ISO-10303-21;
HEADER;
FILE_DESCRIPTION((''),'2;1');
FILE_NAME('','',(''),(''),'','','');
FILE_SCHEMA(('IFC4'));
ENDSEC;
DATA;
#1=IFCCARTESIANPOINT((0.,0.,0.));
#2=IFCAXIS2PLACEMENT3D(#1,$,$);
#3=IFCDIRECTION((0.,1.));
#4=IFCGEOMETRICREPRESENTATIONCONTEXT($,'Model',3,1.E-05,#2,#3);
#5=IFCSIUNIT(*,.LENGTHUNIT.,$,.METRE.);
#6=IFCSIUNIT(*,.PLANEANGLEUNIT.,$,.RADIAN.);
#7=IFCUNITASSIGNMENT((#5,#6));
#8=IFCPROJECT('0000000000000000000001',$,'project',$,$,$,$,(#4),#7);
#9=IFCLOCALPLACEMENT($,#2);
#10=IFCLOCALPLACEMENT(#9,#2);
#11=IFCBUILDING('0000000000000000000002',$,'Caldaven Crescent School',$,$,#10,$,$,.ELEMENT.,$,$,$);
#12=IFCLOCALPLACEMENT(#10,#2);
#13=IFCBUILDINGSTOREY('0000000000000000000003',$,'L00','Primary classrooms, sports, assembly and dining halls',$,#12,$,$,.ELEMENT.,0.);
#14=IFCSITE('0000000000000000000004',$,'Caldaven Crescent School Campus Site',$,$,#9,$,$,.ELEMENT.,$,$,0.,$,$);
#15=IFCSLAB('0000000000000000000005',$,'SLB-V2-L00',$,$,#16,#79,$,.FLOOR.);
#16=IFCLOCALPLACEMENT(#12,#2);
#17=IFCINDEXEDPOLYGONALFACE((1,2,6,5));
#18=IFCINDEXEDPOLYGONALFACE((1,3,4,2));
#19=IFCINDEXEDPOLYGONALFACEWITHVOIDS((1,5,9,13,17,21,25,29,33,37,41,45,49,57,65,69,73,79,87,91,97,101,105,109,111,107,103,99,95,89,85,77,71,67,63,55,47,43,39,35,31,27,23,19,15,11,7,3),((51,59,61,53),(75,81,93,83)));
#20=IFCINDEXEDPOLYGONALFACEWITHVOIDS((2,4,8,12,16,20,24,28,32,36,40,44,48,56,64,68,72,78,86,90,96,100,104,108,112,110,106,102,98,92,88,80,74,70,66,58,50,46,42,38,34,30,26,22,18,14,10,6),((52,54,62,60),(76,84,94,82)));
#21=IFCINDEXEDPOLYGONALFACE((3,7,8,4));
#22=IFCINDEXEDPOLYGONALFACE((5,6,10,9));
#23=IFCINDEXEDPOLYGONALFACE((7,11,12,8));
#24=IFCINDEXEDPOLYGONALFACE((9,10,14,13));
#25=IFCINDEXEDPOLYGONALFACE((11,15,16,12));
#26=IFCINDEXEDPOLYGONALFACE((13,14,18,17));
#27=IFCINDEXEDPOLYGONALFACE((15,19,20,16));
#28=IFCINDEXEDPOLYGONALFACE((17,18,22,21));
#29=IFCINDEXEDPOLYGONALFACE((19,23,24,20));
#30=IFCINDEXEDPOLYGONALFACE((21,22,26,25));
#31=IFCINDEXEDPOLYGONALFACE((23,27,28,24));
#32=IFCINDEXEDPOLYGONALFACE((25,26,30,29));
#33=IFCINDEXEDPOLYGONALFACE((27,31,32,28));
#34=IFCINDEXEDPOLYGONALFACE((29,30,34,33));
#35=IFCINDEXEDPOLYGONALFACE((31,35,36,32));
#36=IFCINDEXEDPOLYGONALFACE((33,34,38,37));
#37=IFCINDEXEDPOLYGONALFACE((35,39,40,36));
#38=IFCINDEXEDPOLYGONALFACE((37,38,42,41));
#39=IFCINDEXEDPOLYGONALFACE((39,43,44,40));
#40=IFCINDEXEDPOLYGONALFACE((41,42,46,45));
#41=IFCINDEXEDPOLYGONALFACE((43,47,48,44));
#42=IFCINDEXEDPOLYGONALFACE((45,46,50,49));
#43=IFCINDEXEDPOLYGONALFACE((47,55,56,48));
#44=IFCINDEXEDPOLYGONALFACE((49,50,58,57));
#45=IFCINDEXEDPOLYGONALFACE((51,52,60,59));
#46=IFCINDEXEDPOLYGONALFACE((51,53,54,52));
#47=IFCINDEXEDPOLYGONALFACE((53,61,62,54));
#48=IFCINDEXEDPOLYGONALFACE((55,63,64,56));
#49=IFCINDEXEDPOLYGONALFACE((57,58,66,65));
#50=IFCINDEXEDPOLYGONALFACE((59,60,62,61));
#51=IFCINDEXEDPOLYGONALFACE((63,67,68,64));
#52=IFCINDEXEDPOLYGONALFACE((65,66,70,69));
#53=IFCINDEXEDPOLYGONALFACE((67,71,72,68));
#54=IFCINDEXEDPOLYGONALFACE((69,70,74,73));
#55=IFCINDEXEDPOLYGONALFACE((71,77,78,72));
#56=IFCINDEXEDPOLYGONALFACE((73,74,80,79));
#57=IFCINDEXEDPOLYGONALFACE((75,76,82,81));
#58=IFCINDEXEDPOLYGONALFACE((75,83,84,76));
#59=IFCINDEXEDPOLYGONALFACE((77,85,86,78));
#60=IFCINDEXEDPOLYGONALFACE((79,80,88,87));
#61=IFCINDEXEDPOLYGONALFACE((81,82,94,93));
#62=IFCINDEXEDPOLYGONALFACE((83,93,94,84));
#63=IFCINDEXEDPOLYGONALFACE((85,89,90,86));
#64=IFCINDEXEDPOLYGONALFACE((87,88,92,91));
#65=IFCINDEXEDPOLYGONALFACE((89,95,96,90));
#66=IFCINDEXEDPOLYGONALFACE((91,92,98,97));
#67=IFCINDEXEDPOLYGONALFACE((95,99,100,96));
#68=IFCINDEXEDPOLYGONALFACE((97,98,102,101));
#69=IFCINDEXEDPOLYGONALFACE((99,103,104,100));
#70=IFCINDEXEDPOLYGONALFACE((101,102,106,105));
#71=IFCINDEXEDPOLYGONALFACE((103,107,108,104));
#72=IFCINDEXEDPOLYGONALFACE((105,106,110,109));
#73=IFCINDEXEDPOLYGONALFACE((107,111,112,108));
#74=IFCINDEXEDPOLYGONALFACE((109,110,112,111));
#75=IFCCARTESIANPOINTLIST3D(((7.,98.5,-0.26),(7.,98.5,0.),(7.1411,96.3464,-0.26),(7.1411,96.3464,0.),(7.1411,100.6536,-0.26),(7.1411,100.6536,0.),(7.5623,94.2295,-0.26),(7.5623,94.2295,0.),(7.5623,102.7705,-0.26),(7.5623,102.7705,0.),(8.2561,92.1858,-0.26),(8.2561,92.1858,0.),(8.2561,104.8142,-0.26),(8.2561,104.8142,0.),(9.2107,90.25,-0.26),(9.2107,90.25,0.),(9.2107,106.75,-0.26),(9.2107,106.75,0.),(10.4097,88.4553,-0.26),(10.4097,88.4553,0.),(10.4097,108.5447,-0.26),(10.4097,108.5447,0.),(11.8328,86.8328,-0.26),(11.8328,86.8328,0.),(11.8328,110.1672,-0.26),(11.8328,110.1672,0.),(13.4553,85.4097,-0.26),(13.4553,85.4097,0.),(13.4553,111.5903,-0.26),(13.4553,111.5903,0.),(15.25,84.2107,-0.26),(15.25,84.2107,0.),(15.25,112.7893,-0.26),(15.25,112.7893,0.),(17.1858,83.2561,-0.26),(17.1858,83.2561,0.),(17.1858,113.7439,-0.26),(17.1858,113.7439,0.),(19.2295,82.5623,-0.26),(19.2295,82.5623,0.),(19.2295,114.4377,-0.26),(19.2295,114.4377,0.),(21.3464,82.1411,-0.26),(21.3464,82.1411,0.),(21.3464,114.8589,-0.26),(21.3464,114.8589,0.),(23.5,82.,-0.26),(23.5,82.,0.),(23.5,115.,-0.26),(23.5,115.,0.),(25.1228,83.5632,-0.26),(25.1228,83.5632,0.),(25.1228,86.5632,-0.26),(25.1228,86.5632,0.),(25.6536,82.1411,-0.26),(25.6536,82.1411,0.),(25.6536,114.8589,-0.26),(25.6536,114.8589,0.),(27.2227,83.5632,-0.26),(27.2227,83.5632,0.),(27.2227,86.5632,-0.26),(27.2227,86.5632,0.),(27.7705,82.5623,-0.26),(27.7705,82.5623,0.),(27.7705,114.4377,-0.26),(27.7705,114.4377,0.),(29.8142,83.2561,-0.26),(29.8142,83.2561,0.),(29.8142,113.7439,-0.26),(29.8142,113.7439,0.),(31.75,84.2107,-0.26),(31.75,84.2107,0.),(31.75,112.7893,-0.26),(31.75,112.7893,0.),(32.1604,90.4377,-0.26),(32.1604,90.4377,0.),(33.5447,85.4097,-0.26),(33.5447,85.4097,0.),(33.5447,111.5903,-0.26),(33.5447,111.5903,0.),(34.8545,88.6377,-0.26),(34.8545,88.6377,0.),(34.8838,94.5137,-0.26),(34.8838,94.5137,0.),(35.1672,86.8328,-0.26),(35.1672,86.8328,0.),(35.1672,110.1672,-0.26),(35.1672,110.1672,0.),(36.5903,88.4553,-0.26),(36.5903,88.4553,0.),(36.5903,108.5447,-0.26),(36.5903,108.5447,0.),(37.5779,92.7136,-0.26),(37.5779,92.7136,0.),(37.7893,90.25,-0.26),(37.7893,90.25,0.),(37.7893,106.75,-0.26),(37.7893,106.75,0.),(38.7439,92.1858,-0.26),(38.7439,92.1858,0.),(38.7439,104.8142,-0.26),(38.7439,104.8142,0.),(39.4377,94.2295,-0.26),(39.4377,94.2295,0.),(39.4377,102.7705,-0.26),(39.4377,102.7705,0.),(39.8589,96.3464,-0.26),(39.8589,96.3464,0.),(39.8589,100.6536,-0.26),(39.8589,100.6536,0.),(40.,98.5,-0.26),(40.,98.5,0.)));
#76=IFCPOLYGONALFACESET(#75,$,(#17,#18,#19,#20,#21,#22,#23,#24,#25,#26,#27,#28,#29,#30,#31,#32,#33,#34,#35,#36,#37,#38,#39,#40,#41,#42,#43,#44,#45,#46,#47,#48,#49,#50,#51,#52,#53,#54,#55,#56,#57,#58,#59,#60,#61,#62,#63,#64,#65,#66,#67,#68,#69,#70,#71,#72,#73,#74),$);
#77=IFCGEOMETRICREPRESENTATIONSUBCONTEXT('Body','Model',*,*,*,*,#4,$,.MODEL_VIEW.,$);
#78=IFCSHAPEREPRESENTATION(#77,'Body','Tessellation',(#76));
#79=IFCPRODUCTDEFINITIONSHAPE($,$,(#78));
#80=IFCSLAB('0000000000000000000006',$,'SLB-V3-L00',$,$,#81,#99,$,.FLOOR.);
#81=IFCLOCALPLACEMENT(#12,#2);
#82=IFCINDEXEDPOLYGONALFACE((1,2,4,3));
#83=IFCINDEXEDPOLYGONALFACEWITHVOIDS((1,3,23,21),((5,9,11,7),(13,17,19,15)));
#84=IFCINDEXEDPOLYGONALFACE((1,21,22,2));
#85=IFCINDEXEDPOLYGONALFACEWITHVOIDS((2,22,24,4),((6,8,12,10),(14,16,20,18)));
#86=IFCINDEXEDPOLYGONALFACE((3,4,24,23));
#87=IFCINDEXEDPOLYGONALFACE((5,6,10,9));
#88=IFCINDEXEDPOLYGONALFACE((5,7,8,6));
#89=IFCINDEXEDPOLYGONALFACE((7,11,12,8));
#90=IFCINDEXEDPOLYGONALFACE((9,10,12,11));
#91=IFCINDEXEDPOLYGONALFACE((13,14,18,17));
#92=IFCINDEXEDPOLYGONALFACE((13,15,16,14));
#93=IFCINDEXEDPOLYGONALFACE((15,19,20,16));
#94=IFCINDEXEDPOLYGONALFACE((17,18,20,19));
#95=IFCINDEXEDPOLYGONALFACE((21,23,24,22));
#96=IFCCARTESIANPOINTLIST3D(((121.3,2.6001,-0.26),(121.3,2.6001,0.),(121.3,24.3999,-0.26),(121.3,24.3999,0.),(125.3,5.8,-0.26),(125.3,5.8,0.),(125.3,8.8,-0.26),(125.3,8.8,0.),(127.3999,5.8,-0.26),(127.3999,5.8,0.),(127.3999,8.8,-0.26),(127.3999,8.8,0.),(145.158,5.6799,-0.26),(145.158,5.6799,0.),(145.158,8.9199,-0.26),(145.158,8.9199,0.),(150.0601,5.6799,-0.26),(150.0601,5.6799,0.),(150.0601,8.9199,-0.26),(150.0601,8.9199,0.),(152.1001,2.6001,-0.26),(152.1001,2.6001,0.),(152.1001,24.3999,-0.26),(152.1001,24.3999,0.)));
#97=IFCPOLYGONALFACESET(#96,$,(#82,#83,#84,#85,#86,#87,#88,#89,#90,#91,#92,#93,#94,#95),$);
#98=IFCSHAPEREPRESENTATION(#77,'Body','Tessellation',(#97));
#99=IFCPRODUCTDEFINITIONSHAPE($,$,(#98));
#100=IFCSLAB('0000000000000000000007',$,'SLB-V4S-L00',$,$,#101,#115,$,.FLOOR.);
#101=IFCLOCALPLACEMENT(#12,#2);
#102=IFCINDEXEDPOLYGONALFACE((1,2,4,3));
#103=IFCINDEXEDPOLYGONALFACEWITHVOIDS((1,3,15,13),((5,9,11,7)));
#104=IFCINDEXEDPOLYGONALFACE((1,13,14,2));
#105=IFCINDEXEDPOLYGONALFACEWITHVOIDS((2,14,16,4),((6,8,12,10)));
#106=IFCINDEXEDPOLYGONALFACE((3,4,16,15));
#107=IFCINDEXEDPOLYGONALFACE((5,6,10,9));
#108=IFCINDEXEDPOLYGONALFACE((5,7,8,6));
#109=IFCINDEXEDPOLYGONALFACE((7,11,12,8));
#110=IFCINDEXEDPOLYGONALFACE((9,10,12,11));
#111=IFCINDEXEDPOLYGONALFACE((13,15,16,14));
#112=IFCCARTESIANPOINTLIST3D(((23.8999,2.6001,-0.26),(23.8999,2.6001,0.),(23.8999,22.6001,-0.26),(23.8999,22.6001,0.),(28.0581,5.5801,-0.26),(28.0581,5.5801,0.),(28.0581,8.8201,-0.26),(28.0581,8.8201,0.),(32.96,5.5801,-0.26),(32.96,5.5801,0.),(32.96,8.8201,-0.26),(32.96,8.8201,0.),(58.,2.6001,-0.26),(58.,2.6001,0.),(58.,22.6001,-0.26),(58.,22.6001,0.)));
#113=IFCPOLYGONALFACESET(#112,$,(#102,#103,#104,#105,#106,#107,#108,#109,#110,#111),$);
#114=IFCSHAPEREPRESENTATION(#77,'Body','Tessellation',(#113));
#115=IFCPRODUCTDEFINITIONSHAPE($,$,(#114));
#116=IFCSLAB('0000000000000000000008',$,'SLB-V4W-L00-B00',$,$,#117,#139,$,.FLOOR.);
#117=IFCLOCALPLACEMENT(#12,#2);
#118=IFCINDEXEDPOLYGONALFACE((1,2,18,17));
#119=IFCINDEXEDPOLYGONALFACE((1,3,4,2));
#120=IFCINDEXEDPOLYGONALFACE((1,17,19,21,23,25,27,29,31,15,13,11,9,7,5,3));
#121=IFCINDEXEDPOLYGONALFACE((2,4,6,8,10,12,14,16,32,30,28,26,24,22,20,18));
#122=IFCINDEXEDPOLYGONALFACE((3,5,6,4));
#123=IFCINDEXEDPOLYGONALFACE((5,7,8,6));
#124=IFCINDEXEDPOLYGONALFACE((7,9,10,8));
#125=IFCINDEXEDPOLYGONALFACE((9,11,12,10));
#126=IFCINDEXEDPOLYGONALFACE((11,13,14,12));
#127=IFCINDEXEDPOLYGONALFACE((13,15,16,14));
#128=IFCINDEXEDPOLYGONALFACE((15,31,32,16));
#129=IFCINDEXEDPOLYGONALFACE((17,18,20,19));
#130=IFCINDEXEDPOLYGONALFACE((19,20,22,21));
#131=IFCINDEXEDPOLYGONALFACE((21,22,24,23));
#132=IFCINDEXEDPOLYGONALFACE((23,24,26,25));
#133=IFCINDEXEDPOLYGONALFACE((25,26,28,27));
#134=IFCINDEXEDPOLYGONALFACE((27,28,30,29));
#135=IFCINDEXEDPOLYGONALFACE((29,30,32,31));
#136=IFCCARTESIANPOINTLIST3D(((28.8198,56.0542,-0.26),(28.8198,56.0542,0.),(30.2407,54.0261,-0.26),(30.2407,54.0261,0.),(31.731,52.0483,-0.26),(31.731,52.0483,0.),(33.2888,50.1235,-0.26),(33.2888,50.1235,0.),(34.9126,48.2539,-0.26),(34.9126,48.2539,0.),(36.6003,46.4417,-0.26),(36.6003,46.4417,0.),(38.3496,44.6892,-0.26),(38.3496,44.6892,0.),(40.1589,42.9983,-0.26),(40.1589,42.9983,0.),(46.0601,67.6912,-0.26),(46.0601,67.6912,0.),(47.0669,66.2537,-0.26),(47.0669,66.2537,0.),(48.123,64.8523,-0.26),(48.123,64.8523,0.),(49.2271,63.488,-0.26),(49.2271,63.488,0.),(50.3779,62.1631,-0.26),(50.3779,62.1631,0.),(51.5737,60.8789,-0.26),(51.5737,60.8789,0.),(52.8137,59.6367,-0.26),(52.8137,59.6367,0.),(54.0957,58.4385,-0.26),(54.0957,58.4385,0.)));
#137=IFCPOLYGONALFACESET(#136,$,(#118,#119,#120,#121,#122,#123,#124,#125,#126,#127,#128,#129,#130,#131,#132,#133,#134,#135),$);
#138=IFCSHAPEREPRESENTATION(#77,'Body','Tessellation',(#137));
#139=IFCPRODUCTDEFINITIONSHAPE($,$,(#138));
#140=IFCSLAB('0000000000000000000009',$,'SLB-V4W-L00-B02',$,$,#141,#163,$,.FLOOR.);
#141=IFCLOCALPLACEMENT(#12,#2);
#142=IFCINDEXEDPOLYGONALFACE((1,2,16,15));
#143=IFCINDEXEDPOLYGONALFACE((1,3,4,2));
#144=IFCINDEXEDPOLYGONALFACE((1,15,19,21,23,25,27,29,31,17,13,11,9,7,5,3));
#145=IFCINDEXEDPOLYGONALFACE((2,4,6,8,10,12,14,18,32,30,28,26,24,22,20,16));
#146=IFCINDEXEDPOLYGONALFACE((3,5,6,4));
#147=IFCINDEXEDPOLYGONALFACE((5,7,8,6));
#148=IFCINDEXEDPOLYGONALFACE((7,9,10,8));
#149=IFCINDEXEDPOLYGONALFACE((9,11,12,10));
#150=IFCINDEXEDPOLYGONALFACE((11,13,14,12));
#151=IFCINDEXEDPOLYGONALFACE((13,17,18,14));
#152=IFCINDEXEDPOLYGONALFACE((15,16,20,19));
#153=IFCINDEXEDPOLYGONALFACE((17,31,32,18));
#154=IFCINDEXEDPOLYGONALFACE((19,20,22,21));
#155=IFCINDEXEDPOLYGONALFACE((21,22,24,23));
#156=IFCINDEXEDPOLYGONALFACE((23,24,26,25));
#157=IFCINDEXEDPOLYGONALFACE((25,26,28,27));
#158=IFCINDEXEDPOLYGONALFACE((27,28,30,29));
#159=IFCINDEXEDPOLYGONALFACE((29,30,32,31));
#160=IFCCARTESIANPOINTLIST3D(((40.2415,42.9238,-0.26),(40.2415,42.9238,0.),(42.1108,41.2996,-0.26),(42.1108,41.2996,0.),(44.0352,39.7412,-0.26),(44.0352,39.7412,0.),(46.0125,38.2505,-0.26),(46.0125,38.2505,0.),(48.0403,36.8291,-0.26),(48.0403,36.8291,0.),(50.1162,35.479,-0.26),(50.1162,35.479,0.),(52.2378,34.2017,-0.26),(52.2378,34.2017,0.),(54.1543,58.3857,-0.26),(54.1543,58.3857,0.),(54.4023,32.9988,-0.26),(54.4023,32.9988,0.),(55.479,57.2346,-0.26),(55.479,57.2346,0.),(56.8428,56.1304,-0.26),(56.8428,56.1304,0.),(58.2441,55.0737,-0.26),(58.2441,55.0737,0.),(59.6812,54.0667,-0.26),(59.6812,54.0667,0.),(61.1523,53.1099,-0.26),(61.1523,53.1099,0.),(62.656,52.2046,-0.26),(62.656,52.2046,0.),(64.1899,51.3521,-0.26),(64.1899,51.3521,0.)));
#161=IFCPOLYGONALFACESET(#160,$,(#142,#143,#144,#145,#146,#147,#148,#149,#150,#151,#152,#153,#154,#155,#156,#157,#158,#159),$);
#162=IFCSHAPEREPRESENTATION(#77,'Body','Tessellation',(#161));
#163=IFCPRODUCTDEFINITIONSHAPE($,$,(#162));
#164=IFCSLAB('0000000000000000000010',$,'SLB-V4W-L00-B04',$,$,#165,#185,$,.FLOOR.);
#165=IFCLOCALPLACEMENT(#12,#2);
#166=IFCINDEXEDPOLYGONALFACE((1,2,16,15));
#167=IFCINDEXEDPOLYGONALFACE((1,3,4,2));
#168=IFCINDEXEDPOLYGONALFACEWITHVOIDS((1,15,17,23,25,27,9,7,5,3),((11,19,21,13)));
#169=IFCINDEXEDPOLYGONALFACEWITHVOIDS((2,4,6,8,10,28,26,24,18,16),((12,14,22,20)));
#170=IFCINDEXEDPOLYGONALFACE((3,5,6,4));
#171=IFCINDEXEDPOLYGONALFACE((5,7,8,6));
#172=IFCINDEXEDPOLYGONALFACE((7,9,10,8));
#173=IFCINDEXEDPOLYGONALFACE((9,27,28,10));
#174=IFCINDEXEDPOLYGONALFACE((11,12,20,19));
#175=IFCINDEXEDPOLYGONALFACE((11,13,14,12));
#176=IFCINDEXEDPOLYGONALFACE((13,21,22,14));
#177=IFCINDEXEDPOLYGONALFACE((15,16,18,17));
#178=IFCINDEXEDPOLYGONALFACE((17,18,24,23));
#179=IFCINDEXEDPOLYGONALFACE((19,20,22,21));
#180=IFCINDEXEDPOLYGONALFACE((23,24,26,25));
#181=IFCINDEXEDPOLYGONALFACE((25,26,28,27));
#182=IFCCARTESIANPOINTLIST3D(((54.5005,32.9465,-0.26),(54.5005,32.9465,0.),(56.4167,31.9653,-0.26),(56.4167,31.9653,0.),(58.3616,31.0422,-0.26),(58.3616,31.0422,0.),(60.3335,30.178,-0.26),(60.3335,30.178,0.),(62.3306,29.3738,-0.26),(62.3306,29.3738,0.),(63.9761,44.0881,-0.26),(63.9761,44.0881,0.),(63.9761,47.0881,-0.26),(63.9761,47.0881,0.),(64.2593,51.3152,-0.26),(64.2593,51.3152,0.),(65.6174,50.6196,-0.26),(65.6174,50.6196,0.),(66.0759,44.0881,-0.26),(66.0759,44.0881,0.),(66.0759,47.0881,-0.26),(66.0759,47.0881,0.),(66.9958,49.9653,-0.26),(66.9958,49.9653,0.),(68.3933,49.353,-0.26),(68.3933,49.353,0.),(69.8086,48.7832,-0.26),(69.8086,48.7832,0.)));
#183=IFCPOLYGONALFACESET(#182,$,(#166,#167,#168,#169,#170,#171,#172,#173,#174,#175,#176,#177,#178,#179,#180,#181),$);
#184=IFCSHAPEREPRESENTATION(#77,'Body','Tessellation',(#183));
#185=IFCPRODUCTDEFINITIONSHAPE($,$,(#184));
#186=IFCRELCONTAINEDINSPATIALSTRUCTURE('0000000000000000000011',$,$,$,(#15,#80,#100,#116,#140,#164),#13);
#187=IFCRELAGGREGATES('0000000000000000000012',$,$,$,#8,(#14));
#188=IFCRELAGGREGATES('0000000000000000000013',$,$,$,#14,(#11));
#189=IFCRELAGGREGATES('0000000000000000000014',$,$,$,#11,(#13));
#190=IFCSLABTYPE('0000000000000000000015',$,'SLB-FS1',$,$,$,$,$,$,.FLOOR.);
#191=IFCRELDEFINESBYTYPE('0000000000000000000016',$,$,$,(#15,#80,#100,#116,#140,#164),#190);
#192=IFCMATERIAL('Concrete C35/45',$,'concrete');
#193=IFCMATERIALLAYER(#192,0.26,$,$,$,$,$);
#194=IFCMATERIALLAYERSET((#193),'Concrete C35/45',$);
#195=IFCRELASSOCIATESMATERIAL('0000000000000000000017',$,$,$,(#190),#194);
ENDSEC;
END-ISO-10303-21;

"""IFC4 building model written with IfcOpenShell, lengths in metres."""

from ifc_helpers import new_model, si_unit, direction, frame, origin, place, context, subcontext, project, spatial, polyline, outline, extrude, material, layer, layer_set, type_object, element, save


model = new_model("IFC4")

# Units and contexts
model_context = context("Model", 3, precision=1e-05, world=origin(), true_north=direction((0.0, 1.0)))
body_context = subcontext(model_context, "Body", "Model", "MODEL_VIEW")
ifc_project = project(units=[si_unit("LENGTHUNIT", "METRE"), si_unit("PLANEANGLEUNIT", "RADIAN")], contexts=[model_context])

# Site, building, storey
site_placement = place(None, origin())
site = spatial("IfcSite", under=ifc_project, at=site_placement, Name="Caldaven Crescent School Campus Site", CompositionType="ELEMENT", RefElevation=0.0)
building_placement = place(site_placement, origin())
building = spatial("IfcBuilding", under=site, at=building_placement, Name="Caldaven Crescent School", CompositionType="ELEMENT")
storey_placement = place(building_placement, origin())
storey = spatial("IfcBuildingStorey", under=building, at=storey_placement, Name="L00", Description="Primary classrooms, sports, assembly and dining halls", CompositionType="ELEMENT", Elevation=0.0)

# Slabs
ifc_material_1 = material(Name="Concrete C35/45", Category="concrete")
ifc_layer_1 = layer(ifc_material_1, 0.26)
ifc_layer_set_1 = layer_set([ifc_layer_1], Name="Concrete C35/45")
slab_type_1 = type_object("IfcSlabType", Name="SLB-FS1", PredefinedType="FLOOR", material=ifc_layer_set_1)
slab_1_placement = place(storey_placement, frame((0.0, 0.0, -0.26)))
element("IfcSlab", 1, at=slab_1_placement, inside=storey, type_object=slab_type_1, Name="SLB-V2-L00", PredefinedType="FLOOR", context=body_context, shape_type="SweptSolid", body=[
    extrude(outline(polyline([(40.0, 98.5), (39.8589, 100.6536), (39.4377, 102.7705), (38.7439, 104.8142), (37.7893, 106.75), (36.5903, 108.5447), (35.1672, 110.1672), (33.5447, 111.5903), (31.75, 112.7893), (29.8142, 113.7439), (27.7705, 114.4377), (25.6536, 114.8589), (23.5, 115.0), (21.3464, 114.8589), (19.2295, 114.4377), (17.1858, 113.7439), (15.25, 112.7893), (13.4553, 111.5903), (11.8328, 110.1672), (10.4097, 108.5447), (9.2107, 106.75), (8.2561, 104.8142), (7.5623, 102.7705), (7.1411, 100.6536), (7.0, 98.5), (7.1411, 96.3464), (7.5623, 94.2295), (8.2561, 92.1858), (9.2107, 90.25), (10.4097, 88.4553), (11.8328, 86.8328), (13.4553, 85.4097), (15.25, 84.2107), (17.1858, 83.2561), (19.2295, 82.5623), (21.3464, 82.1411), (23.5, 82.0), (25.6536, 82.1411), (27.7705, 82.5623), (29.8142, 83.2561), (31.75, 84.2107), (33.5447, 85.4097), (35.1672, 86.8328), (36.5903, 88.4553), (37.7893, 90.25), (38.7439, 92.1858), (39.4377, 94.2295), (39.8589, 96.3464), (40.0, 98.5)]), holes=[polyline([(25.1228, 83.5632), (25.1228, 86.5632), (27.2227, 86.5632), (27.2227, 83.5632), (25.1228, 83.5632)]), polyline([(34.8545, 88.6377), (32.1604, 90.4377), (34.8838, 94.5137), (37.5779, 92.7136), (34.8545, 88.6377)])]), origin(), (0.0, 0.0, 1.0), 0.26),
])
slab_2_placement = place(storey_placement, frame((0.0, 0.0, -0.26)))
element("IfcSlab", 2, at=slab_2_placement, inside=storey, type_object=slab_type_1, Name="SLB-V3-L00", PredefinedType="FLOOR", context=body_context, shape_type="SweptSolid", body=[
    extrude(outline(polyline([(121.3, 2.6001), (152.1001, 2.6001), (152.1001, 24.3999), (121.3, 24.3999), (121.3, 2.6001)]), holes=[polyline([(125.3, 5.8), (125.3, 8.8), (127.3999, 8.8), (127.3999, 5.8), (125.3, 5.8)]), polyline([(145.158, 5.6799), (145.158, 8.9199), (150.0601, 8.9199), (150.0601, 5.6799), (145.158, 5.6799)])]), origin(), (0.0, 0.0, 1.0), 0.26),
])
slab_3_placement = place(storey_placement, frame((0.0, 0.0, -0.26)))
element("IfcSlab", 3, at=slab_3_placement, inside=storey, type_object=slab_type_1, Name="SLB-V4S-L00", PredefinedType="FLOOR", context=body_context, shape_type="SweptSolid", body=[
    extrude(outline(polyline([(23.8999, 2.6001), (58.0, 2.6001), (58.0, 22.6001), (23.8999, 22.6001), (23.8999, 2.6001)]), holes=[polyline([(28.0581, 5.5801), (28.0581, 8.8201), (32.96, 8.8201), (32.96, 5.5801), (28.0581, 5.5801)])]), origin(), (0.0, 0.0, 1.0), 0.26),
])
slab_4_placement = place(storey_placement, frame((0.0, 0.0, -0.26)))
element("IfcSlab", 4, at=slab_4_placement, inside=storey, type_object=slab_type_1, Name="SLB-V4W-L00-B00", PredefinedType="FLOOR", context=body_context, shape_type="SweptSolid", body=[
    extrude(outline(polyline([(28.8198, 56.0542), (30.2407, 54.0261), (31.731, 52.0483), (33.2888, 50.1235), (34.9126, 48.2539), (36.6003, 46.4417), (38.3496, 44.6892), (40.1589, 42.9983), (54.0957, 58.4385), (52.8137, 59.6367), (51.5737, 60.8789), (50.3779, 62.1631), (49.2271, 63.488), (48.123, 64.8523), (47.0669, 66.2537), (46.0601, 67.6912), (28.8198, 56.0542)])), origin(), (0.0, 0.0, 1.0), 0.26),
])
slab_5_placement = place(storey_placement, frame((0.0, 0.0, -0.26)))
element("IfcSlab", 5, at=slab_5_placement, inside=storey, type_object=slab_type_1, Name="SLB-V4W-L00-B02", PredefinedType="FLOOR", context=body_context, shape_type="SweptSolid", body=[
    extrude(outline(polyline([(40.2415, 42.9238), (42.1108, 41.2996), (44.0352, 39.7412), (46.0125, 38.2505), (48.0403, 36.8291), (50.1162, 35.479), (52.2378, 34.2017), (54.4023, 32.9988), (64.1899, 51.3521), (62.656, 52.2046), (61.1523, 53.1099), (59.6812, 54.0667), (58.2441, 55.0737), (56.8428, 56.1304), (55.479, 57.2346), (54.1543, 58.3857), (40.2415, 42.9238)])), origin(), (0.0, 0.0, 1.0), 0.26),
])
slab_6_placement = place(storey_placement, frame((0.0, 0.0, -0.26)))
element("IfcSlab", 6, at=slab_6_placement, inside=storey, type_object=slab_type_1, Name="SLB-V4W-L00-B04", PredefinedType="FLOOR", context=body_context, shape_type="SweptSolid", body=[
    extrude(outline(polyline([(54.5005, 32.9465), (56.4167, 31.9653), (58.3616, 31.0422), (60.3335, 30.178), (62.3306, 29.3738), (69.8086, 48.7832), (68.3933, 49.353), (66.9958, 49.9653), (65.6174, 50.6196), (64.2593, 51.3152), (54.5005, 32.9465)]), holes=[polyline([(63.9761, 44.0881), (63.9761, 47.0881), (66.0759, 47.0881), (66.0759, 44.0881), (63.9761, 44.0881)])]), origin(), (0.0, 0.0, 1.0), 0.26),
])

save(model, "model.ifc")
